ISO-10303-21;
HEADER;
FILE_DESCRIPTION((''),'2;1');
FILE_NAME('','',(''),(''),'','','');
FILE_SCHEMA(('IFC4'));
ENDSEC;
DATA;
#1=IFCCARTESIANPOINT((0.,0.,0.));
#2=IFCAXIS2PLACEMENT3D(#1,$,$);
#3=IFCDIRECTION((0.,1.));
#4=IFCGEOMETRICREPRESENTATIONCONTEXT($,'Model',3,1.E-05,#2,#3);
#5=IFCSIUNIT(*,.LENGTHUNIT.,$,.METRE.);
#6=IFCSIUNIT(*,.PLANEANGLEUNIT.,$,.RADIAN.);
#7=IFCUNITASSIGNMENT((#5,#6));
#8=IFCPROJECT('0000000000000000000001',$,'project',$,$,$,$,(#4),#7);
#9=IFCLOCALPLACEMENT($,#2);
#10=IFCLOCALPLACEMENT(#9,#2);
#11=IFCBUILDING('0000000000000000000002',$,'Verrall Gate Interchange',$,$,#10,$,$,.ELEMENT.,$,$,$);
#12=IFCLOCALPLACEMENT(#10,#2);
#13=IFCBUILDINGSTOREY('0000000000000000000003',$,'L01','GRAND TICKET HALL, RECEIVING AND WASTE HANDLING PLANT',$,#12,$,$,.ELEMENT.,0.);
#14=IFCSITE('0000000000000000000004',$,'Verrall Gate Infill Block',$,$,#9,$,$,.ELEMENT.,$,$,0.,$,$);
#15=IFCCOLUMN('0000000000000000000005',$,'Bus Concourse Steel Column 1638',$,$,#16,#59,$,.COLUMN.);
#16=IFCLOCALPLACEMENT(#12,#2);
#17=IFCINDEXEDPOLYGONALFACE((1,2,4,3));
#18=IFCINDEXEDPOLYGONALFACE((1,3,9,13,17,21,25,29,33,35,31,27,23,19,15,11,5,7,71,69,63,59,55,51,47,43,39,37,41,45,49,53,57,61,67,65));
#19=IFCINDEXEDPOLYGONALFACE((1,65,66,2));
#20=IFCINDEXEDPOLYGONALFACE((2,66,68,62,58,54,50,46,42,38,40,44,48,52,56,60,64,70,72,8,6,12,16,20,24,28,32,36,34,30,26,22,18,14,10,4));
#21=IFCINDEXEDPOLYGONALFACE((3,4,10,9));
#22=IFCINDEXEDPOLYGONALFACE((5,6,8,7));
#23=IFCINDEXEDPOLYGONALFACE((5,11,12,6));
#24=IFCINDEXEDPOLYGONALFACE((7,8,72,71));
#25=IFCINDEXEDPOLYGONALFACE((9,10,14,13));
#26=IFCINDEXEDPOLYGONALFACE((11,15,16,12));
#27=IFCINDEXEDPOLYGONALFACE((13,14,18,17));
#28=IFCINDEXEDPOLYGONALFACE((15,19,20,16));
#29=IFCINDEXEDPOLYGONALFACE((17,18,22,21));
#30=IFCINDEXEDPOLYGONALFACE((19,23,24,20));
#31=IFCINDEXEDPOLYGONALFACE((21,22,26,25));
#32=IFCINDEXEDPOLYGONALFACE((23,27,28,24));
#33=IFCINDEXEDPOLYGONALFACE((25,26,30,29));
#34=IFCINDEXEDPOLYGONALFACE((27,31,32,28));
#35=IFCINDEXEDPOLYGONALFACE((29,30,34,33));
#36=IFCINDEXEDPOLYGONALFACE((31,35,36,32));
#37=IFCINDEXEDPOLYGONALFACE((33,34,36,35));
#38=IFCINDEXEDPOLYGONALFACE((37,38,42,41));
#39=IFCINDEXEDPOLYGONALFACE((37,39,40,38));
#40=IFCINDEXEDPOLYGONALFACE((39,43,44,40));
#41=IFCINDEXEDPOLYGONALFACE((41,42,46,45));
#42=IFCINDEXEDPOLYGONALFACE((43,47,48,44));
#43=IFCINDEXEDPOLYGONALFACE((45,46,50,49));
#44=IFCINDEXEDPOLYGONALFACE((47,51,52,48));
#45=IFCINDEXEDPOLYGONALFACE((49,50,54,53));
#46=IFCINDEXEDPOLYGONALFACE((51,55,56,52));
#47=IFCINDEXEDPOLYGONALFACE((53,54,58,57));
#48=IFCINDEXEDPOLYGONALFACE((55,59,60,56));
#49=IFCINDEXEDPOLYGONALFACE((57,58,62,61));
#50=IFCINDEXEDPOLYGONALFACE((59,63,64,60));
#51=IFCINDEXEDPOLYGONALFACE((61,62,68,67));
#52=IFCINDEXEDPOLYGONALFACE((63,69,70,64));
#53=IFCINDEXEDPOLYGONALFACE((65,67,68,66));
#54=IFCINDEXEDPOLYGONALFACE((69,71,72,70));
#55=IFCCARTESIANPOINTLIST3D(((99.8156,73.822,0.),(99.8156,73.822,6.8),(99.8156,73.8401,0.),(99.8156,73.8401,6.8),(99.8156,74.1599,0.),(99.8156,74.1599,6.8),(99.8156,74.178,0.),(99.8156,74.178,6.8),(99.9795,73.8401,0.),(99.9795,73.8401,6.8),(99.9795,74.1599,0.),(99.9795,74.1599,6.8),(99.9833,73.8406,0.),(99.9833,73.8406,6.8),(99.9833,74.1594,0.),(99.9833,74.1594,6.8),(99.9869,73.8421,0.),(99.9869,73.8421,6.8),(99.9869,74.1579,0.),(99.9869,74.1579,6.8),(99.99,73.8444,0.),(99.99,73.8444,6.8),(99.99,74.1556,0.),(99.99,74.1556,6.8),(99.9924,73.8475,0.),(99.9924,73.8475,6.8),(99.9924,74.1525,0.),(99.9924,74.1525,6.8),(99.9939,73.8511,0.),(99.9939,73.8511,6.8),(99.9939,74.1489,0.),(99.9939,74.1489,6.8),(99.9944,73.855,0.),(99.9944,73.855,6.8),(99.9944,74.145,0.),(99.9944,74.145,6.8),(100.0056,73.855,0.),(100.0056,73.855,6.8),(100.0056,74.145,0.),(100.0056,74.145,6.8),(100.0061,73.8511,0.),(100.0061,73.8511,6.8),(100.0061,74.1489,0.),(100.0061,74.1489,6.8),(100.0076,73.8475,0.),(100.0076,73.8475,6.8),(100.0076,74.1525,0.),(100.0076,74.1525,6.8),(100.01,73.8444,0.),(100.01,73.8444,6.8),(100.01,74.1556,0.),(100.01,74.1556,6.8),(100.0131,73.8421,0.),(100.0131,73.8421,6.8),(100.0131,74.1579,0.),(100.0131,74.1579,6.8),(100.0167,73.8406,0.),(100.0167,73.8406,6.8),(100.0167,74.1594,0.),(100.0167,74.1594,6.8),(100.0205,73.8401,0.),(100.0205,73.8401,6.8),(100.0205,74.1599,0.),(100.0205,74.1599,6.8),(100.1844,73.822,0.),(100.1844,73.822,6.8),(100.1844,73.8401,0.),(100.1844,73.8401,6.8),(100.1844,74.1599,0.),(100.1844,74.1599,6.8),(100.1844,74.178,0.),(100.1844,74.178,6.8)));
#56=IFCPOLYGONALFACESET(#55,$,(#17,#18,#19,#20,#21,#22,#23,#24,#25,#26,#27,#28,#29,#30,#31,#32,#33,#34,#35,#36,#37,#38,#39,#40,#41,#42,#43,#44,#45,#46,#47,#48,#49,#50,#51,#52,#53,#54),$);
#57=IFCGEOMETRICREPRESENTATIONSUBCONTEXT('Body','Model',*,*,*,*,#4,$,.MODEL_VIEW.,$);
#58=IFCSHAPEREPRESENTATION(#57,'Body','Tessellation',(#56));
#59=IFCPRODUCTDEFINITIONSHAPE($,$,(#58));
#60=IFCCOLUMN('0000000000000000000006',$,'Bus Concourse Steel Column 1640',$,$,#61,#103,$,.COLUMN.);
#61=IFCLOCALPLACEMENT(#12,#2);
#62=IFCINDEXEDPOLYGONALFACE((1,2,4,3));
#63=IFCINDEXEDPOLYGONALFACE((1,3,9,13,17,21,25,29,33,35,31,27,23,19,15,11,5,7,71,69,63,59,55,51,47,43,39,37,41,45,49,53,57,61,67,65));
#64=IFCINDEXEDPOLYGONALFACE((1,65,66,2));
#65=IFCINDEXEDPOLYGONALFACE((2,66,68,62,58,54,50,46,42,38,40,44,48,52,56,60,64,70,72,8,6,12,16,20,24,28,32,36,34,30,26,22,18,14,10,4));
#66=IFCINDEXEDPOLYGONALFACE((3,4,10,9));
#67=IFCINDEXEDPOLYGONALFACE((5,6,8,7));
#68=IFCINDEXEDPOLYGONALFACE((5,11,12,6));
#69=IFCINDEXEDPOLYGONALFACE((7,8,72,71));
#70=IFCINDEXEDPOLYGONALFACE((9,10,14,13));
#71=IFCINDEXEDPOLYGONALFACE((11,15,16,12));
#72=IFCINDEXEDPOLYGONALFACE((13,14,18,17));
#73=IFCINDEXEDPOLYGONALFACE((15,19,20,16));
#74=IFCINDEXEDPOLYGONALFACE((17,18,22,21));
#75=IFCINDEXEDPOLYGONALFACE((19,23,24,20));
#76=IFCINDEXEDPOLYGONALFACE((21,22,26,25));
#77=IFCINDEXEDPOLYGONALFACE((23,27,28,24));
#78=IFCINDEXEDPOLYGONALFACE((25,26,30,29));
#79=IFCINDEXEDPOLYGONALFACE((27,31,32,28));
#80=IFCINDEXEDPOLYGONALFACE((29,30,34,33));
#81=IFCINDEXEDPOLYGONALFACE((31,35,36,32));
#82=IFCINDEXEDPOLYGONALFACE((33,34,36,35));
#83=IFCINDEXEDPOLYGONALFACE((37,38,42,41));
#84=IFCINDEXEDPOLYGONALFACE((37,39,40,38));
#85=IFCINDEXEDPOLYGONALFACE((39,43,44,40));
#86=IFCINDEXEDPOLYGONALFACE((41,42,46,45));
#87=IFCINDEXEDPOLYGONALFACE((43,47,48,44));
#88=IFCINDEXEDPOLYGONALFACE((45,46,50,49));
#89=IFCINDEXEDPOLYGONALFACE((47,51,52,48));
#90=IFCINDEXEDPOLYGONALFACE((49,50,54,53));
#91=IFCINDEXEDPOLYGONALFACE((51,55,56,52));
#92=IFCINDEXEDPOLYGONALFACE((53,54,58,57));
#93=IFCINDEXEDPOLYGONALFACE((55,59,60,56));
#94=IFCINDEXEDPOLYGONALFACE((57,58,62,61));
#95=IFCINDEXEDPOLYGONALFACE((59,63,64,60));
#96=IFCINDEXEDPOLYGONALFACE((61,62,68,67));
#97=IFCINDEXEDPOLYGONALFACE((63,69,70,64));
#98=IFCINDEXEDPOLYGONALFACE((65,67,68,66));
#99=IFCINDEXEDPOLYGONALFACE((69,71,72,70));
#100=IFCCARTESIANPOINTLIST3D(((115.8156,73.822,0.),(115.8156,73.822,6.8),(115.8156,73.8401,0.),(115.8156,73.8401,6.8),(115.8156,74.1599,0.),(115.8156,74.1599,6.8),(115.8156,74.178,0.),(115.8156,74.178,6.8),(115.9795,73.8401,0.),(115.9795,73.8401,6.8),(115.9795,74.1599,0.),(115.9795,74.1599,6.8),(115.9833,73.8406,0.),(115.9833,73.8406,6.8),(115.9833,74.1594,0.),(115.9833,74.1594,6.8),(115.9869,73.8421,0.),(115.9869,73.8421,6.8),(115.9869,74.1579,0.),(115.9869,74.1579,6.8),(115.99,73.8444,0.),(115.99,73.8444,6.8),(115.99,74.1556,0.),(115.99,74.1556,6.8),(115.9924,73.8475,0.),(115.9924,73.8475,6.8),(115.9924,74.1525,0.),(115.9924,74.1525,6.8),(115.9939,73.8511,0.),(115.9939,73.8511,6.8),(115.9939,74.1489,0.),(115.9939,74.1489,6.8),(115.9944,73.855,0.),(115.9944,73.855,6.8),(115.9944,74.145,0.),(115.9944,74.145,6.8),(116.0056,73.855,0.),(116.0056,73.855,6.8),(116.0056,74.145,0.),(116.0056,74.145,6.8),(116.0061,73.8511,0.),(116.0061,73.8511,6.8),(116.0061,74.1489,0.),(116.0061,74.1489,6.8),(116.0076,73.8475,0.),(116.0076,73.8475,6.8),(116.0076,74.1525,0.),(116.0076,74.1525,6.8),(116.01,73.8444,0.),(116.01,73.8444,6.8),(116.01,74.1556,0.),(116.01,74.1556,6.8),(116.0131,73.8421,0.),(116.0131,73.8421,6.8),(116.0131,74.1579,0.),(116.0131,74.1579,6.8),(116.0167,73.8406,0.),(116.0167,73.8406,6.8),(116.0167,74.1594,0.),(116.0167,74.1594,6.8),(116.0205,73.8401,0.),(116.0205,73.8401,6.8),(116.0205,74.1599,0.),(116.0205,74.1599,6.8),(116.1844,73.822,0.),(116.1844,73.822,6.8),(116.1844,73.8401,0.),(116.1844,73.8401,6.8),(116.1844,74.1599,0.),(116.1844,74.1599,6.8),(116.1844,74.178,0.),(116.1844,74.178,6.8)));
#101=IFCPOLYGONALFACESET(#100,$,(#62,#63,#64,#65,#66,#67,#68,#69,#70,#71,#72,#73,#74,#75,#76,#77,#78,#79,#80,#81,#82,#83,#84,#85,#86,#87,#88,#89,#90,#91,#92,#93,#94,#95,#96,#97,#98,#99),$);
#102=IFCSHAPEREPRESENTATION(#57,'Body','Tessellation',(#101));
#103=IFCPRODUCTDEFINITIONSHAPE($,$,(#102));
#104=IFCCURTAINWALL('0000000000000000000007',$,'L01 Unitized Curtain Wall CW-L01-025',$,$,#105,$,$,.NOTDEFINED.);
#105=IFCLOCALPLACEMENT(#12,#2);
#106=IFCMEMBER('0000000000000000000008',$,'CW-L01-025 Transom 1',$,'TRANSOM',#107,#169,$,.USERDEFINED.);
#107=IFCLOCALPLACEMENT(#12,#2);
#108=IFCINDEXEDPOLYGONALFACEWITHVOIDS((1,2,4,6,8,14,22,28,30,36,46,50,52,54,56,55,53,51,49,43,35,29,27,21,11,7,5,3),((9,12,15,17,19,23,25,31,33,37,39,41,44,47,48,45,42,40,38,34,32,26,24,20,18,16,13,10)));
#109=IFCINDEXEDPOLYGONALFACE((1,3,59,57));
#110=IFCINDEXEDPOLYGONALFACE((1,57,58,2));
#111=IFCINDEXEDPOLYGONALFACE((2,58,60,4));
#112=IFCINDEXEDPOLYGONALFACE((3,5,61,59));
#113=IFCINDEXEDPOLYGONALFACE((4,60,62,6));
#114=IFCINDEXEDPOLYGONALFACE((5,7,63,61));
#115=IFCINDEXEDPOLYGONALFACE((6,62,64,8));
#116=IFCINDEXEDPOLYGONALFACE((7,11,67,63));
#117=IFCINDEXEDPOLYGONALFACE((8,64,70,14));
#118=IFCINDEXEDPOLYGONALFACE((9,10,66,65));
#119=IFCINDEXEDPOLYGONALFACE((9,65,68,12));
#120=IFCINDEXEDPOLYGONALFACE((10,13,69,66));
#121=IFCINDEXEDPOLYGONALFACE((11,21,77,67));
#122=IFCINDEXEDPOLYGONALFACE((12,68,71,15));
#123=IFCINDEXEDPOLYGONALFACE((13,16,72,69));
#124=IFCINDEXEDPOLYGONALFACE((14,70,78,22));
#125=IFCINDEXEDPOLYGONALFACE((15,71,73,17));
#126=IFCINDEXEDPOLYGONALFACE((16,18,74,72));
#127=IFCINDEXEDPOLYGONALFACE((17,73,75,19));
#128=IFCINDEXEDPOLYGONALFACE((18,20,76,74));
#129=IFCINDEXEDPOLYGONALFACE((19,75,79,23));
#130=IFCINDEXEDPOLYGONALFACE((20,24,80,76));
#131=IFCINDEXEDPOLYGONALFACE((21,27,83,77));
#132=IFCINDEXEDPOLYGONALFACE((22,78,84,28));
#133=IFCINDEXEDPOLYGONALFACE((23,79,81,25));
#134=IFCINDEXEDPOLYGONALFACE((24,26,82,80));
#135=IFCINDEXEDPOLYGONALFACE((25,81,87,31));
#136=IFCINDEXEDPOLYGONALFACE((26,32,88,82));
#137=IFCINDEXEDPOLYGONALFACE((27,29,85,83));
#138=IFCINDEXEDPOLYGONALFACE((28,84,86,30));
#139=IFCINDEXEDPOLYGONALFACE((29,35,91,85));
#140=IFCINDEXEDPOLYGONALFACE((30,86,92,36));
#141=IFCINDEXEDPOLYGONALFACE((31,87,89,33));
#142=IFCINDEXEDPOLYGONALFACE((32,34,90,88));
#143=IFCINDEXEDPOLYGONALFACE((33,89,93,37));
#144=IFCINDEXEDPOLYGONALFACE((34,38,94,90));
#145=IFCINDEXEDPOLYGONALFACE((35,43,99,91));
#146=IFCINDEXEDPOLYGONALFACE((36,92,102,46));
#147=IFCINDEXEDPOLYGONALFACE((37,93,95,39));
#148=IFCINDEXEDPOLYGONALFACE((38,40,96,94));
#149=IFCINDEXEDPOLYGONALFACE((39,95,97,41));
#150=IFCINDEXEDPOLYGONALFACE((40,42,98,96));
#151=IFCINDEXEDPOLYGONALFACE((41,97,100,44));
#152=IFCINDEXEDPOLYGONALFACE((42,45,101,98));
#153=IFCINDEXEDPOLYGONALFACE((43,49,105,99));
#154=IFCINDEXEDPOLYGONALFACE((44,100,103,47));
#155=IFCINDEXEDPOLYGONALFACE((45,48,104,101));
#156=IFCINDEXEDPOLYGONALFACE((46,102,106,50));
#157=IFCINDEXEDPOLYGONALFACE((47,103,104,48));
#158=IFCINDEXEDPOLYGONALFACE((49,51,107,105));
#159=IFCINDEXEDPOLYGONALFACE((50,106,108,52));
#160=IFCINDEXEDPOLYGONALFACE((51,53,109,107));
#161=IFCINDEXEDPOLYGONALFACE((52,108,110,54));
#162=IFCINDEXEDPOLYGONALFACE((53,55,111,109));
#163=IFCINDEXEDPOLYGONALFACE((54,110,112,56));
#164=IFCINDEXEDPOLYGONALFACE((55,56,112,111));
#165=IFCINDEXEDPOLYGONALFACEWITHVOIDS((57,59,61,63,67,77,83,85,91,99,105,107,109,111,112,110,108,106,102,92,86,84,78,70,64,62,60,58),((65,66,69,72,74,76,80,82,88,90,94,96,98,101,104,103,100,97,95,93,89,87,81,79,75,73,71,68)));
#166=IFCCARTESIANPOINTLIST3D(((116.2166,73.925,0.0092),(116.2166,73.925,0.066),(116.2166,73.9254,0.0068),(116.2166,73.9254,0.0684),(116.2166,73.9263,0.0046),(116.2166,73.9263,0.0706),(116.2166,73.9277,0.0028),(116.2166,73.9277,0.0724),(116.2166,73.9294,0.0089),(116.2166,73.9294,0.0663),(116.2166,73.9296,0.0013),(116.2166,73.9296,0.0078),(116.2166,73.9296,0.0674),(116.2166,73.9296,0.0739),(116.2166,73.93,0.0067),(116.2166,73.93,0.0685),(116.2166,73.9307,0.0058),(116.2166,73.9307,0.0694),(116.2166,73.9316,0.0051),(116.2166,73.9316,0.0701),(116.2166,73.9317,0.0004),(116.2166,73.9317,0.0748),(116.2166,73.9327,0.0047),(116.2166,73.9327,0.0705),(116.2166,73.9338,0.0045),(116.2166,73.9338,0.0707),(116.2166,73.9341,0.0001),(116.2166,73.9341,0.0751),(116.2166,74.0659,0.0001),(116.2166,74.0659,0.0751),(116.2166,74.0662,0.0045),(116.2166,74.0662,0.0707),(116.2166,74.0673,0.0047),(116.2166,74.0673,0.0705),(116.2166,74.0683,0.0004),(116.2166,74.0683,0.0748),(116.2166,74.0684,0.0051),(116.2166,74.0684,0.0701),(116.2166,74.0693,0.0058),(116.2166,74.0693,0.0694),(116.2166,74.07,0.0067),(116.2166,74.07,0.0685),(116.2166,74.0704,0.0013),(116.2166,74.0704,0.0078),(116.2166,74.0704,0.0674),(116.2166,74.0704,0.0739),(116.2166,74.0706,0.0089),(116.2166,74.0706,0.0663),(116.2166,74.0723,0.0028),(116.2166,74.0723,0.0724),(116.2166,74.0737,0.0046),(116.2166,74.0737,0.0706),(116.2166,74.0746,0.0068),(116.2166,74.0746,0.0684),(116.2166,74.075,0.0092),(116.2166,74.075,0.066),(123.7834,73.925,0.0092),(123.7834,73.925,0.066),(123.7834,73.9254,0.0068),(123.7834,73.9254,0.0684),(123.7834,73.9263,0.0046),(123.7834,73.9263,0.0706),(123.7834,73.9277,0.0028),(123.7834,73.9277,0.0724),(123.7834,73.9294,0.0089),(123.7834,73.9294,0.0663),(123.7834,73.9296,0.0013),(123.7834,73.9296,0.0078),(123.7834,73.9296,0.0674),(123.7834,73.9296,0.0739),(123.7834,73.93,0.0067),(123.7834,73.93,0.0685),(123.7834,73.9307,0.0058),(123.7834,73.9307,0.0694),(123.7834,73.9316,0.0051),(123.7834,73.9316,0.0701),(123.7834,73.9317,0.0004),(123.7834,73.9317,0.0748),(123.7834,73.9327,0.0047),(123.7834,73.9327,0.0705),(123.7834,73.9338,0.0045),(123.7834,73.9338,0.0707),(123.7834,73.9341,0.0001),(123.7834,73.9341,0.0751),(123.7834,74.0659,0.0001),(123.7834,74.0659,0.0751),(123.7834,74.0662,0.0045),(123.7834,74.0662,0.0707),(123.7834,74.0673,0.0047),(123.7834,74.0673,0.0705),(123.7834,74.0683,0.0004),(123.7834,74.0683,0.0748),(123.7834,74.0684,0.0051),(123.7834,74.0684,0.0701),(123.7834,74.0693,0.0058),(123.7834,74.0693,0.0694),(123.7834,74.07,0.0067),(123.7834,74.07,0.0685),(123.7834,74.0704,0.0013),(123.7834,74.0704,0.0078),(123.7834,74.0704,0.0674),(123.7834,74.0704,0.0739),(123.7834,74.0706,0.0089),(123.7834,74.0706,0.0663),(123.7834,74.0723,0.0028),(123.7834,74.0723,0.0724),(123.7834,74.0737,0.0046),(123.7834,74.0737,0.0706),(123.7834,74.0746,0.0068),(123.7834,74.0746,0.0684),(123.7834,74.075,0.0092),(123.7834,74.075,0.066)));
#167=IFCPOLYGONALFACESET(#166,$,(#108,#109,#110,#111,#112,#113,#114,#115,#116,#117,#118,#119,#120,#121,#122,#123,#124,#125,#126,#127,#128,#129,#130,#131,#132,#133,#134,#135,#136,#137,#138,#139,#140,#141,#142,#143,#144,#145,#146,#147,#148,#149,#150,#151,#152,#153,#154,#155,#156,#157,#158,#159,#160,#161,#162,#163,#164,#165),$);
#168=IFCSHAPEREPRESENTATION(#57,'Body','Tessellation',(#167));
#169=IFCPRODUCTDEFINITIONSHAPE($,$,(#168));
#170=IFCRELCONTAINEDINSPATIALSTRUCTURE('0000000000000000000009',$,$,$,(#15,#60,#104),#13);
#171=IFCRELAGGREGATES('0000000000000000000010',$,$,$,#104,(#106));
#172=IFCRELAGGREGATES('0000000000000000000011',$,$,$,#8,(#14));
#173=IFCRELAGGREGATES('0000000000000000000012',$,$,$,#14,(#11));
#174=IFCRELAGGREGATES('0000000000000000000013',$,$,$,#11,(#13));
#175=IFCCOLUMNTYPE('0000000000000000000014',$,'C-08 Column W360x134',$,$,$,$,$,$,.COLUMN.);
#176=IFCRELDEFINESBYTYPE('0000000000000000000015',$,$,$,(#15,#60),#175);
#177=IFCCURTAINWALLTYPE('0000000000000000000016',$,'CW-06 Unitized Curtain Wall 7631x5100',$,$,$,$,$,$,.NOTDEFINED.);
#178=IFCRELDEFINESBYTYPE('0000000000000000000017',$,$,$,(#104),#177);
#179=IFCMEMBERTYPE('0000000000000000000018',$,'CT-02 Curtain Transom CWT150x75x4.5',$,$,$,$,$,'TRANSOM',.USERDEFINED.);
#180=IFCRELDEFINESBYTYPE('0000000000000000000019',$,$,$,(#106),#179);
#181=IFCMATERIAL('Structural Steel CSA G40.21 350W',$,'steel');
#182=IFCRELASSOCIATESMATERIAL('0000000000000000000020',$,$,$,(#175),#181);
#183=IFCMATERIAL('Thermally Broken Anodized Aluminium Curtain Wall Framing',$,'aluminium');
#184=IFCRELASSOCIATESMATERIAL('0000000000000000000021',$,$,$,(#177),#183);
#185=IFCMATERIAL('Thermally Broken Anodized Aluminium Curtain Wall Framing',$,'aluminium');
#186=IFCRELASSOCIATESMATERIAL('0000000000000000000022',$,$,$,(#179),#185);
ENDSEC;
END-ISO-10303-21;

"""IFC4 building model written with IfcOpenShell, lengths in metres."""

from ifc_helpers import new_model, si_unit, direction, frame, origin, origin_2d, place, context, subcontext, project, spatial, hollow_rectangle, i_section, extrude, material, material_profile, profile_set, type_object, element, aggregate, save


model = new_model("IFC4")

# Units and contexts
model_context = context("Model", 3, precision=1e-05, world=origin(), true_north=direction((0.0, 1.0)))
body_context = subcontext(model_context, "Body", "Model", "MODEL_VIEW")
ifc_project = project(units=[si_unit("LENGTHUNIT", "METRE"), si_unit("PLANEANGLEUNIT", "RADIAN")], contexts=[model_context])

# Site, building, storey
site_placement = place(None, origin())
site = spatial("IfcSite", under=ifc_project, at=site_placement, Name="Verrall Gate Infill Block", CompositionType="ELEMENT", RefElevation=0.0)
building_placement = place(site_placement, origin())
building = spatial("IfcBuilding", under=site, at=building_placement, Name="Verrall Gate Interchange", CompositionType="ELEMENT")
storey_placement = place(building_placement, origin())
storey = spatial("IfcBuildingStorey", under=building, at=storey_placement, Name="L01", Description="GRAND TICKET HALL, RECEIVING AND WASTE HANDLING PLANT", CompositionType="ELEMENT", Elevation=0.0)

# Columns
ifc_material_1 = material(Name="Structural Steel CSA G40.21 350W", Category="steel")
ifc_material_profile_1 = material_profile(ifc_material_1, i_section(OverallWidth=0.3689, OverallDepth=0.356, WebThickness=0.0112, FlangeThickness=0.0181, FilletRadius=0.0149, at=origin_2d()), Name="W360x134")
ifc_profile_set_1 = profile_set([ifc_material_profile_1], Name="Structural Steel CSA G40.21 350W")
column_type = type_object("IfcColumnType", Name="C-08 Column W360x134", PredefinedType="COLUMN", material=ifc_profile_set_1)
for number, where, z_axis, x_axis, name in (
    (1, (100.0, 74.0, 0.0), (0.0, 0.0, 1.0), (1.0, 0.0, 0.0), "Bus Concourse Steel Column 1638"),
    (2, (116.0, 74.0, 0.0), (0.0, 0.0, 1.0), (1.0, 0.0, 0.0), "Bus Concourse Steel Column 1640"),
):
    element("IfcColumn", number, at=place(storey_placement, frame(where, z_axis=z_axis, x_axis=x_axis)), inside=storey, type_object=column_type, Name=name, PredefinedType="COLUMN", context=body_context, shape_type="SweptSolid", body=[
        extrude(i_section(OverallWidth=0.3689, OverallDepth=0.356, WebThickness=0.0112, FlangeThickness=0.0181, FilletRadius=0.0149, at=origin_2d()), origin(), (0.0, 0.0, 1.0), 6.8),
    ])

# Curtain wall, member
ifc_material_2 = material(Name="Thermally Broken Anodized Aluminium Curtain Wall Framing", Category="aluminium")
curtain_wall_type = type_object("IfcCurtainWallType", Name="CW-06 Unitized Curtain Wall 7631x5100", PredefinedType="NOTDEFINED", material=ifc_material_2)
curtain_wall_placement = place(storey_placement, origin())
curtain_wall = element("IfcCurtainWall", 3, at=curtain_wall_placement, inside=storey, type_object=curtain_wall_type, Name="L01 Unitized Curtain Wall CW-L01-025", PredefinedType="NOTDEFINED")
ifc_material_3 = material(Name="Thermally Broken Anodized Aluminium Curtain Wall Framing", Category="aluminium")
ifc_material_profile_2 = material_profile(ifc_material_3, hollow_rectangle(XDim=0.1499, YDim=0.075, WallThickness=0.0044, InnerFilletRadius=0.0044, OuterFilletRadius=0.009, at=origin_2d()), Name="CWT150x75x4.5")
ifc_profile_set_2 = profile_set([ifc_material_profile_2], Name="Thermally Broken Anodized Aluminium Curtain Wall Framing")
member_type = type_object("IfcMemberType", Name="CT-02 Curtain Transom CWT150x75x4.5", ElementType="TRANSOM", PredefinedType="USERDEFINED", material=ifc_profile_set_2)
member_1_placement = place(storey_placement, frame((116.2166, 74.0, 0.0376), z_axis=(1.0, 0.0, 0.0), x_axis=(0.0, 1.0, 0.0)))
member_1 = element("IfcMember", 4, at=member_1_placement, type_object=member_type, Name="CW-L01-025 Transom 1", ObjectType="TRANSOM", PredefinedType="USERDEFINED", context=body_context, shape_type="SweptSolid", body=[
    extrude(hollow_rectangle(XDim=0.1499, YDim=0.075, WallThickness=0.0044, InnerFilletRadius=0.0044, OuterFilletRadius=0.009, at=origin_2d()), origin(), (0.0, 0.0, 1.0), 7.5669),
])
aggregate(curtain_wall, [member_1])

save(model, "model.ifc")
